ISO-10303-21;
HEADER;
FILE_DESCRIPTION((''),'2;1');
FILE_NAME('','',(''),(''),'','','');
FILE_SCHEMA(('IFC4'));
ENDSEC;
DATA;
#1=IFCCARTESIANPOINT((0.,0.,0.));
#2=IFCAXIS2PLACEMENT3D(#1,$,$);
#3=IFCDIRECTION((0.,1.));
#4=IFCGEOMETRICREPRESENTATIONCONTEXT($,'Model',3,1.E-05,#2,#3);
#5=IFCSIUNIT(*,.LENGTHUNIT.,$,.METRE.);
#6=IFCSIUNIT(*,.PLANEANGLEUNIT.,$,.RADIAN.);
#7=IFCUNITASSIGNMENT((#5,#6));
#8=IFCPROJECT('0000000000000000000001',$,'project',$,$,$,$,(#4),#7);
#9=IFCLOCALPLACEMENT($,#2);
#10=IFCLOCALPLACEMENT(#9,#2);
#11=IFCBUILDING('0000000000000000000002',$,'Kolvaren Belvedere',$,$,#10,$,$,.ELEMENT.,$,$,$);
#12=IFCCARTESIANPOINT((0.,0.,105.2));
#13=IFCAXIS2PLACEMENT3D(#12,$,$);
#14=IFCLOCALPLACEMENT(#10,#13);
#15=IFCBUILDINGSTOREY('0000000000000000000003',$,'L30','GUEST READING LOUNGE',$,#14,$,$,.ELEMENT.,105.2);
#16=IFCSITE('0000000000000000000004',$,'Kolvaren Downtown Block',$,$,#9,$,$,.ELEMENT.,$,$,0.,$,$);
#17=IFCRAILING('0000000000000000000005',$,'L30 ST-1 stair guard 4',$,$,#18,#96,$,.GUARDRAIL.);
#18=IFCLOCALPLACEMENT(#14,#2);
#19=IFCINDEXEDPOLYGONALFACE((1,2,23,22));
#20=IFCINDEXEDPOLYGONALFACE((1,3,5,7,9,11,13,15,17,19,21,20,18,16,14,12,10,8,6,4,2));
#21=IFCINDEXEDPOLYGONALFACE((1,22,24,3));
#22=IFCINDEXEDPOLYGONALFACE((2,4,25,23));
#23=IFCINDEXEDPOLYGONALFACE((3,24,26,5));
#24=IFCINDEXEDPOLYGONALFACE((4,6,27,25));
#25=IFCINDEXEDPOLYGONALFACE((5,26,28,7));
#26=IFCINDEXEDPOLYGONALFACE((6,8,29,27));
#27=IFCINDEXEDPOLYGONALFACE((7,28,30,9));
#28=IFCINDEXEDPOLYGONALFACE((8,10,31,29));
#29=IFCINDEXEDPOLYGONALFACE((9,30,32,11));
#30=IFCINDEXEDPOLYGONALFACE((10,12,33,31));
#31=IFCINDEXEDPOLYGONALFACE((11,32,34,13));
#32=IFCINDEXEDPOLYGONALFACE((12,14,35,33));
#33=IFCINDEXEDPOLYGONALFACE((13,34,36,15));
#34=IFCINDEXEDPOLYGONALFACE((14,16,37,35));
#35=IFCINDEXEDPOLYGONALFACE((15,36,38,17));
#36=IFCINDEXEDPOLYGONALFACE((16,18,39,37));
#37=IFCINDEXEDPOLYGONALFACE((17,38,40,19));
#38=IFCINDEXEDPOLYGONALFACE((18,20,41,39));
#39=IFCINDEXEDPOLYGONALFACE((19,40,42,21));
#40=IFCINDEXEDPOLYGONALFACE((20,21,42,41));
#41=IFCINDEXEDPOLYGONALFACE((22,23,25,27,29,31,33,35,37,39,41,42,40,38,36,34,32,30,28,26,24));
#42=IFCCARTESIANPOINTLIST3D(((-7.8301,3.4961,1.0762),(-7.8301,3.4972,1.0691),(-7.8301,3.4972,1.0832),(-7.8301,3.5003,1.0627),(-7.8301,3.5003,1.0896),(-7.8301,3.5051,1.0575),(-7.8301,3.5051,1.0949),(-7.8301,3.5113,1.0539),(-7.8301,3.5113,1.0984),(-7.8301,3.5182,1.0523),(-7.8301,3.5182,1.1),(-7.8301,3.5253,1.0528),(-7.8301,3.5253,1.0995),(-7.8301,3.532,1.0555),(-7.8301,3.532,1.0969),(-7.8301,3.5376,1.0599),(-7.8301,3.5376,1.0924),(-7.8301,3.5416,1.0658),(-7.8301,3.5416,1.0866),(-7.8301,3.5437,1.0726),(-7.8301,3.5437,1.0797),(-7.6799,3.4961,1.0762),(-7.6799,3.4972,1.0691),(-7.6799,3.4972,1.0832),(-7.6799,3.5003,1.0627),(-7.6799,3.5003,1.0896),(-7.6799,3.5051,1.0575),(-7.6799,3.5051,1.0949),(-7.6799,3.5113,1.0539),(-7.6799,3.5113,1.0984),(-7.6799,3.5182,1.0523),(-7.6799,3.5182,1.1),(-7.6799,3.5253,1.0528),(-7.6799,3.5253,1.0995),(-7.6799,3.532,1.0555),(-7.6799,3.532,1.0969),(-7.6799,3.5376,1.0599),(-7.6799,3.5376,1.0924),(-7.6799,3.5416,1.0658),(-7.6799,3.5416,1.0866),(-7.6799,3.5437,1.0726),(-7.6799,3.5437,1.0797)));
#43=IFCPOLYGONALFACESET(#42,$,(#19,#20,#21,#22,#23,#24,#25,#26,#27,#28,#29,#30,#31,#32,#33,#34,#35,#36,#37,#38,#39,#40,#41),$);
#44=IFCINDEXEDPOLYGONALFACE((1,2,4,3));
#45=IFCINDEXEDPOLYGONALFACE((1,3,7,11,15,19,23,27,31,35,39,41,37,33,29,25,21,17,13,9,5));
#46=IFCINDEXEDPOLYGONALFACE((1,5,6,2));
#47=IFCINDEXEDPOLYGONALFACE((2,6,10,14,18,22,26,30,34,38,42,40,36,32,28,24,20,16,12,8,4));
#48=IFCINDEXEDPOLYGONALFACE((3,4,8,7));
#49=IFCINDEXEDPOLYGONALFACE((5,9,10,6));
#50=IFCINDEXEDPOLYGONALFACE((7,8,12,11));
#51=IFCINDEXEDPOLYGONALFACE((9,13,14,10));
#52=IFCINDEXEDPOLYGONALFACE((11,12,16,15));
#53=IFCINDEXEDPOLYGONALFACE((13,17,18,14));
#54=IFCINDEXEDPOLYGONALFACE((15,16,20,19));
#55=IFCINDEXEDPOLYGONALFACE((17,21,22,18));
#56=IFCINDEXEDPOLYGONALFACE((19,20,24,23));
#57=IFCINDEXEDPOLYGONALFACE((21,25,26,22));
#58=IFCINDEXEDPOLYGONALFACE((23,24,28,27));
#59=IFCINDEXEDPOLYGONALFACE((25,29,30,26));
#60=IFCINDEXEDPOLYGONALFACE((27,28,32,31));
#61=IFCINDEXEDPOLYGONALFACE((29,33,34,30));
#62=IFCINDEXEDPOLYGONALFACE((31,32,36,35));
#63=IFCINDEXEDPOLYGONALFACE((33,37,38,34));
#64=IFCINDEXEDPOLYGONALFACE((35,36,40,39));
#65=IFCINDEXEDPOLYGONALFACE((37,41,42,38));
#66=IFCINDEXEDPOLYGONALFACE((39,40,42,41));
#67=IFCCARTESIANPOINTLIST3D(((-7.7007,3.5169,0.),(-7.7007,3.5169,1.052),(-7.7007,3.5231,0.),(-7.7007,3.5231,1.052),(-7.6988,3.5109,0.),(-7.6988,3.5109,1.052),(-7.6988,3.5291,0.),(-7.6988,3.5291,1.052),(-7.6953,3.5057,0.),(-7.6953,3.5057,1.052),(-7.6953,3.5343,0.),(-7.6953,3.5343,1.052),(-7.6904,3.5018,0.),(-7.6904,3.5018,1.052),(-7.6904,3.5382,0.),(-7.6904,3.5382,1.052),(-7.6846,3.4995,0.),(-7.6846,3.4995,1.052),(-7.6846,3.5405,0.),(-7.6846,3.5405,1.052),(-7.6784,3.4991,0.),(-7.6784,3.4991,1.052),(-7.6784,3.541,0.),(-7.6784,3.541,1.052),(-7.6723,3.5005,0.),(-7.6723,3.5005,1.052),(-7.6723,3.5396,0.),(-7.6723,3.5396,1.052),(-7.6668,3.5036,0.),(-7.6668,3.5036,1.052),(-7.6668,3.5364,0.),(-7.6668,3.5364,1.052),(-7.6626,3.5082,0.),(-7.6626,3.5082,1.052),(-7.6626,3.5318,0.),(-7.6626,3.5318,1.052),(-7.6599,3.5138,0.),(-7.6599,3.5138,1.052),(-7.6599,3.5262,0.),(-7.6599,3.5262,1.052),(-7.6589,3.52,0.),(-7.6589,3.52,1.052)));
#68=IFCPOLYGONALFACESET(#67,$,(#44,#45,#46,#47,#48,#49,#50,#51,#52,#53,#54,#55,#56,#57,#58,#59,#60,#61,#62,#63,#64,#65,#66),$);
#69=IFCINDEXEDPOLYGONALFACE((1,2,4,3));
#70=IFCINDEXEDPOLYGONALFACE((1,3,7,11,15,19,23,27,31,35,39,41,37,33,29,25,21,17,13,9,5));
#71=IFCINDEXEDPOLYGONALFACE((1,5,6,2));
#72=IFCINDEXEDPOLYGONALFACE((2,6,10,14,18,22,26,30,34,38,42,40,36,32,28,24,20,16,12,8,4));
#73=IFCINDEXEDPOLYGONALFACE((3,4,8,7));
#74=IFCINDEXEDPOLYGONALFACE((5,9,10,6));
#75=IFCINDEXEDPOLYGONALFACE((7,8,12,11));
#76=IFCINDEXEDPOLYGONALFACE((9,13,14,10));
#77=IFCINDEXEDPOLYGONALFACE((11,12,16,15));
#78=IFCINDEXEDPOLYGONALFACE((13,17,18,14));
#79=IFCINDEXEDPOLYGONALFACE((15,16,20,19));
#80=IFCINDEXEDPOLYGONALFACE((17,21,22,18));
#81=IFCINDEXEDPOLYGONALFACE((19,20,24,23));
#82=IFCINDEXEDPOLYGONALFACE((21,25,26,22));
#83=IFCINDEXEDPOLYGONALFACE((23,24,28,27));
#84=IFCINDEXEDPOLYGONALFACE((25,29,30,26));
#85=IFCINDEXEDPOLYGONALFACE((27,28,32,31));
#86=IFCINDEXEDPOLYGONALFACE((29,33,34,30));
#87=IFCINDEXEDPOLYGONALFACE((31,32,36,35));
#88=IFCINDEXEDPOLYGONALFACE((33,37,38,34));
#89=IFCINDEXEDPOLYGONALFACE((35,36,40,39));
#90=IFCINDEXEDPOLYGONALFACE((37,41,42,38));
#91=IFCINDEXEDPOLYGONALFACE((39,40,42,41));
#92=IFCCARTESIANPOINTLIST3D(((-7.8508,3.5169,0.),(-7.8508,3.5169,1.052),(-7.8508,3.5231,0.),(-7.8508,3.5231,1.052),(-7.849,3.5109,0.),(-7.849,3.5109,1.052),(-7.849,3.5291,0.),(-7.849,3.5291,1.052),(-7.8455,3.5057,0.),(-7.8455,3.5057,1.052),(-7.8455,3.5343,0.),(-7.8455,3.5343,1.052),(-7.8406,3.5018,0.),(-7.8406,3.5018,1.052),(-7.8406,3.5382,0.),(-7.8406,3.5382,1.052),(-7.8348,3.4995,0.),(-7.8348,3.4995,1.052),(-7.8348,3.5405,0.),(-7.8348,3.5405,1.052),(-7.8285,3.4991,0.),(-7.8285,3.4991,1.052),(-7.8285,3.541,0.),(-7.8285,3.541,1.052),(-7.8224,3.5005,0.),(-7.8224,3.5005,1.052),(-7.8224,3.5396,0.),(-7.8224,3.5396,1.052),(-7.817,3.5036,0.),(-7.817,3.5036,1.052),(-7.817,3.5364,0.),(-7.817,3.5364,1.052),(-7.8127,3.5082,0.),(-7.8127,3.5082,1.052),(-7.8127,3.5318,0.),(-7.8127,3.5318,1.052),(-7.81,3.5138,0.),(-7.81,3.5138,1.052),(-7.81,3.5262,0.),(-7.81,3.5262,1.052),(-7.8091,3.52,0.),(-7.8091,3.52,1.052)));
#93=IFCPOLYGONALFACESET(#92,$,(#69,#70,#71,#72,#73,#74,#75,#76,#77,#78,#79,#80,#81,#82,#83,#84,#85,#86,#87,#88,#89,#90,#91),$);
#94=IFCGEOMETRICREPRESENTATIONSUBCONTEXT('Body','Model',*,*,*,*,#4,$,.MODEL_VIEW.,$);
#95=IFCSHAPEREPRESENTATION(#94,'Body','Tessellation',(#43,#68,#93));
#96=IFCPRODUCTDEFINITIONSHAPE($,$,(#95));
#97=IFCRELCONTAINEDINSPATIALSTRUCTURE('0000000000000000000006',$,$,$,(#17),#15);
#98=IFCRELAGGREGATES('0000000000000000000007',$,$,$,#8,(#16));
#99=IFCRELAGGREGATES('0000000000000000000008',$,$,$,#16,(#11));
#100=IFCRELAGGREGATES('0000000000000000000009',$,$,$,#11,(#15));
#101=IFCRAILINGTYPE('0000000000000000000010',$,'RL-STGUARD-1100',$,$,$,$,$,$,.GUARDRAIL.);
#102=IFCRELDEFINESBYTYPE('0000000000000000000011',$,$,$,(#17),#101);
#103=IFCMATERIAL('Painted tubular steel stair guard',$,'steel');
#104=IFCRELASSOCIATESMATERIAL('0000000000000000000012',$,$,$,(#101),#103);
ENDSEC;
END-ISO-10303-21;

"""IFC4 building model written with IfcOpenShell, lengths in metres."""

from ifc_helpers import new_model, si_unit, direction, frame, origin, origin_2d, place, context, subcontext, project, spatial, circle, extrude, material, type_object, element, save


model = new_model("IFC4")

# Units and contexts
model_context = context("Model", 3, precision=1e-05, world=origin(), true_north=direction((0.0, 1.0)))
body_context = subcontext(model_context, "Body", "Model", "MODEL_VIEW")
ifc_project = project(units=[si_unit("LENGTHUNIT", "METRE"), si_unit("PLANEANGLEUNIT", "RADIAN")], contexts=[model_context])

# Site, building, storey
site_placement = place(None, origin())
site = spatial("IfcSite", under=ifc_project, at=site_placement, Name="Kolvaren Downtown Block", CompositionType="ELEMENT", RefElevation=0.0)
building_placement = place(site_placement, origin())
building = spatial("IfcBuilding", under=site, at=building_placement, Name="Kolvaren Belvedere", CompositionType="ELEMENT")
storey_placement = place(building_placement, frame((0.0, 0.0, 105.2)))
storey = spatial("IfcBuildingStorey", under=building, at=storey_placement, Name="L30", Description="GUEST READING LOUNGE", CompositionType="ELEMENT", Elevation=105.2)

# Railing
ifc_material_1 = material(Name="Painted tubular steel stair guard", Category="steel")
railing_type_1 = type_object("IfcRailingType", Name="RL-STGUARD-1100", PredefinedType="GUARDRAIL", material=ifc_material_1)
railing_1_placement = place(storey_placement, frame((-7.6799, 3.52, 0.0)))
element("IfcRailing", 1, at=railing_1_placement, inside=storey, type_object=railing_type_1, Name="L30 ST-1 stair guard 4", PredefinedType="GUARDRAIL", context=body_context, shape_type="SweptSolid", body=[
    extrude(circle(Radius=0.0239, at=origin_2d()), frame((0.0, 0.0, 1.0762), z_axis=(-1.0, 0.0, 0.0), x_axis=(0.0, -1.0, 0.0)), (0.0, 0.0, 1.0), 0.1501),
    extrude(circle(Radius=0.021, at=origin_2d()), origin(), (0.0, 0.0, 1.0), 1.052),
    extrude(circle(Radius=0.021, at=origin_2d()), frame((-0.1501, 0.0, 0.0)), (0.0, 0.0, 1.0), 1.052),
])

save(model, "model.ifc")
